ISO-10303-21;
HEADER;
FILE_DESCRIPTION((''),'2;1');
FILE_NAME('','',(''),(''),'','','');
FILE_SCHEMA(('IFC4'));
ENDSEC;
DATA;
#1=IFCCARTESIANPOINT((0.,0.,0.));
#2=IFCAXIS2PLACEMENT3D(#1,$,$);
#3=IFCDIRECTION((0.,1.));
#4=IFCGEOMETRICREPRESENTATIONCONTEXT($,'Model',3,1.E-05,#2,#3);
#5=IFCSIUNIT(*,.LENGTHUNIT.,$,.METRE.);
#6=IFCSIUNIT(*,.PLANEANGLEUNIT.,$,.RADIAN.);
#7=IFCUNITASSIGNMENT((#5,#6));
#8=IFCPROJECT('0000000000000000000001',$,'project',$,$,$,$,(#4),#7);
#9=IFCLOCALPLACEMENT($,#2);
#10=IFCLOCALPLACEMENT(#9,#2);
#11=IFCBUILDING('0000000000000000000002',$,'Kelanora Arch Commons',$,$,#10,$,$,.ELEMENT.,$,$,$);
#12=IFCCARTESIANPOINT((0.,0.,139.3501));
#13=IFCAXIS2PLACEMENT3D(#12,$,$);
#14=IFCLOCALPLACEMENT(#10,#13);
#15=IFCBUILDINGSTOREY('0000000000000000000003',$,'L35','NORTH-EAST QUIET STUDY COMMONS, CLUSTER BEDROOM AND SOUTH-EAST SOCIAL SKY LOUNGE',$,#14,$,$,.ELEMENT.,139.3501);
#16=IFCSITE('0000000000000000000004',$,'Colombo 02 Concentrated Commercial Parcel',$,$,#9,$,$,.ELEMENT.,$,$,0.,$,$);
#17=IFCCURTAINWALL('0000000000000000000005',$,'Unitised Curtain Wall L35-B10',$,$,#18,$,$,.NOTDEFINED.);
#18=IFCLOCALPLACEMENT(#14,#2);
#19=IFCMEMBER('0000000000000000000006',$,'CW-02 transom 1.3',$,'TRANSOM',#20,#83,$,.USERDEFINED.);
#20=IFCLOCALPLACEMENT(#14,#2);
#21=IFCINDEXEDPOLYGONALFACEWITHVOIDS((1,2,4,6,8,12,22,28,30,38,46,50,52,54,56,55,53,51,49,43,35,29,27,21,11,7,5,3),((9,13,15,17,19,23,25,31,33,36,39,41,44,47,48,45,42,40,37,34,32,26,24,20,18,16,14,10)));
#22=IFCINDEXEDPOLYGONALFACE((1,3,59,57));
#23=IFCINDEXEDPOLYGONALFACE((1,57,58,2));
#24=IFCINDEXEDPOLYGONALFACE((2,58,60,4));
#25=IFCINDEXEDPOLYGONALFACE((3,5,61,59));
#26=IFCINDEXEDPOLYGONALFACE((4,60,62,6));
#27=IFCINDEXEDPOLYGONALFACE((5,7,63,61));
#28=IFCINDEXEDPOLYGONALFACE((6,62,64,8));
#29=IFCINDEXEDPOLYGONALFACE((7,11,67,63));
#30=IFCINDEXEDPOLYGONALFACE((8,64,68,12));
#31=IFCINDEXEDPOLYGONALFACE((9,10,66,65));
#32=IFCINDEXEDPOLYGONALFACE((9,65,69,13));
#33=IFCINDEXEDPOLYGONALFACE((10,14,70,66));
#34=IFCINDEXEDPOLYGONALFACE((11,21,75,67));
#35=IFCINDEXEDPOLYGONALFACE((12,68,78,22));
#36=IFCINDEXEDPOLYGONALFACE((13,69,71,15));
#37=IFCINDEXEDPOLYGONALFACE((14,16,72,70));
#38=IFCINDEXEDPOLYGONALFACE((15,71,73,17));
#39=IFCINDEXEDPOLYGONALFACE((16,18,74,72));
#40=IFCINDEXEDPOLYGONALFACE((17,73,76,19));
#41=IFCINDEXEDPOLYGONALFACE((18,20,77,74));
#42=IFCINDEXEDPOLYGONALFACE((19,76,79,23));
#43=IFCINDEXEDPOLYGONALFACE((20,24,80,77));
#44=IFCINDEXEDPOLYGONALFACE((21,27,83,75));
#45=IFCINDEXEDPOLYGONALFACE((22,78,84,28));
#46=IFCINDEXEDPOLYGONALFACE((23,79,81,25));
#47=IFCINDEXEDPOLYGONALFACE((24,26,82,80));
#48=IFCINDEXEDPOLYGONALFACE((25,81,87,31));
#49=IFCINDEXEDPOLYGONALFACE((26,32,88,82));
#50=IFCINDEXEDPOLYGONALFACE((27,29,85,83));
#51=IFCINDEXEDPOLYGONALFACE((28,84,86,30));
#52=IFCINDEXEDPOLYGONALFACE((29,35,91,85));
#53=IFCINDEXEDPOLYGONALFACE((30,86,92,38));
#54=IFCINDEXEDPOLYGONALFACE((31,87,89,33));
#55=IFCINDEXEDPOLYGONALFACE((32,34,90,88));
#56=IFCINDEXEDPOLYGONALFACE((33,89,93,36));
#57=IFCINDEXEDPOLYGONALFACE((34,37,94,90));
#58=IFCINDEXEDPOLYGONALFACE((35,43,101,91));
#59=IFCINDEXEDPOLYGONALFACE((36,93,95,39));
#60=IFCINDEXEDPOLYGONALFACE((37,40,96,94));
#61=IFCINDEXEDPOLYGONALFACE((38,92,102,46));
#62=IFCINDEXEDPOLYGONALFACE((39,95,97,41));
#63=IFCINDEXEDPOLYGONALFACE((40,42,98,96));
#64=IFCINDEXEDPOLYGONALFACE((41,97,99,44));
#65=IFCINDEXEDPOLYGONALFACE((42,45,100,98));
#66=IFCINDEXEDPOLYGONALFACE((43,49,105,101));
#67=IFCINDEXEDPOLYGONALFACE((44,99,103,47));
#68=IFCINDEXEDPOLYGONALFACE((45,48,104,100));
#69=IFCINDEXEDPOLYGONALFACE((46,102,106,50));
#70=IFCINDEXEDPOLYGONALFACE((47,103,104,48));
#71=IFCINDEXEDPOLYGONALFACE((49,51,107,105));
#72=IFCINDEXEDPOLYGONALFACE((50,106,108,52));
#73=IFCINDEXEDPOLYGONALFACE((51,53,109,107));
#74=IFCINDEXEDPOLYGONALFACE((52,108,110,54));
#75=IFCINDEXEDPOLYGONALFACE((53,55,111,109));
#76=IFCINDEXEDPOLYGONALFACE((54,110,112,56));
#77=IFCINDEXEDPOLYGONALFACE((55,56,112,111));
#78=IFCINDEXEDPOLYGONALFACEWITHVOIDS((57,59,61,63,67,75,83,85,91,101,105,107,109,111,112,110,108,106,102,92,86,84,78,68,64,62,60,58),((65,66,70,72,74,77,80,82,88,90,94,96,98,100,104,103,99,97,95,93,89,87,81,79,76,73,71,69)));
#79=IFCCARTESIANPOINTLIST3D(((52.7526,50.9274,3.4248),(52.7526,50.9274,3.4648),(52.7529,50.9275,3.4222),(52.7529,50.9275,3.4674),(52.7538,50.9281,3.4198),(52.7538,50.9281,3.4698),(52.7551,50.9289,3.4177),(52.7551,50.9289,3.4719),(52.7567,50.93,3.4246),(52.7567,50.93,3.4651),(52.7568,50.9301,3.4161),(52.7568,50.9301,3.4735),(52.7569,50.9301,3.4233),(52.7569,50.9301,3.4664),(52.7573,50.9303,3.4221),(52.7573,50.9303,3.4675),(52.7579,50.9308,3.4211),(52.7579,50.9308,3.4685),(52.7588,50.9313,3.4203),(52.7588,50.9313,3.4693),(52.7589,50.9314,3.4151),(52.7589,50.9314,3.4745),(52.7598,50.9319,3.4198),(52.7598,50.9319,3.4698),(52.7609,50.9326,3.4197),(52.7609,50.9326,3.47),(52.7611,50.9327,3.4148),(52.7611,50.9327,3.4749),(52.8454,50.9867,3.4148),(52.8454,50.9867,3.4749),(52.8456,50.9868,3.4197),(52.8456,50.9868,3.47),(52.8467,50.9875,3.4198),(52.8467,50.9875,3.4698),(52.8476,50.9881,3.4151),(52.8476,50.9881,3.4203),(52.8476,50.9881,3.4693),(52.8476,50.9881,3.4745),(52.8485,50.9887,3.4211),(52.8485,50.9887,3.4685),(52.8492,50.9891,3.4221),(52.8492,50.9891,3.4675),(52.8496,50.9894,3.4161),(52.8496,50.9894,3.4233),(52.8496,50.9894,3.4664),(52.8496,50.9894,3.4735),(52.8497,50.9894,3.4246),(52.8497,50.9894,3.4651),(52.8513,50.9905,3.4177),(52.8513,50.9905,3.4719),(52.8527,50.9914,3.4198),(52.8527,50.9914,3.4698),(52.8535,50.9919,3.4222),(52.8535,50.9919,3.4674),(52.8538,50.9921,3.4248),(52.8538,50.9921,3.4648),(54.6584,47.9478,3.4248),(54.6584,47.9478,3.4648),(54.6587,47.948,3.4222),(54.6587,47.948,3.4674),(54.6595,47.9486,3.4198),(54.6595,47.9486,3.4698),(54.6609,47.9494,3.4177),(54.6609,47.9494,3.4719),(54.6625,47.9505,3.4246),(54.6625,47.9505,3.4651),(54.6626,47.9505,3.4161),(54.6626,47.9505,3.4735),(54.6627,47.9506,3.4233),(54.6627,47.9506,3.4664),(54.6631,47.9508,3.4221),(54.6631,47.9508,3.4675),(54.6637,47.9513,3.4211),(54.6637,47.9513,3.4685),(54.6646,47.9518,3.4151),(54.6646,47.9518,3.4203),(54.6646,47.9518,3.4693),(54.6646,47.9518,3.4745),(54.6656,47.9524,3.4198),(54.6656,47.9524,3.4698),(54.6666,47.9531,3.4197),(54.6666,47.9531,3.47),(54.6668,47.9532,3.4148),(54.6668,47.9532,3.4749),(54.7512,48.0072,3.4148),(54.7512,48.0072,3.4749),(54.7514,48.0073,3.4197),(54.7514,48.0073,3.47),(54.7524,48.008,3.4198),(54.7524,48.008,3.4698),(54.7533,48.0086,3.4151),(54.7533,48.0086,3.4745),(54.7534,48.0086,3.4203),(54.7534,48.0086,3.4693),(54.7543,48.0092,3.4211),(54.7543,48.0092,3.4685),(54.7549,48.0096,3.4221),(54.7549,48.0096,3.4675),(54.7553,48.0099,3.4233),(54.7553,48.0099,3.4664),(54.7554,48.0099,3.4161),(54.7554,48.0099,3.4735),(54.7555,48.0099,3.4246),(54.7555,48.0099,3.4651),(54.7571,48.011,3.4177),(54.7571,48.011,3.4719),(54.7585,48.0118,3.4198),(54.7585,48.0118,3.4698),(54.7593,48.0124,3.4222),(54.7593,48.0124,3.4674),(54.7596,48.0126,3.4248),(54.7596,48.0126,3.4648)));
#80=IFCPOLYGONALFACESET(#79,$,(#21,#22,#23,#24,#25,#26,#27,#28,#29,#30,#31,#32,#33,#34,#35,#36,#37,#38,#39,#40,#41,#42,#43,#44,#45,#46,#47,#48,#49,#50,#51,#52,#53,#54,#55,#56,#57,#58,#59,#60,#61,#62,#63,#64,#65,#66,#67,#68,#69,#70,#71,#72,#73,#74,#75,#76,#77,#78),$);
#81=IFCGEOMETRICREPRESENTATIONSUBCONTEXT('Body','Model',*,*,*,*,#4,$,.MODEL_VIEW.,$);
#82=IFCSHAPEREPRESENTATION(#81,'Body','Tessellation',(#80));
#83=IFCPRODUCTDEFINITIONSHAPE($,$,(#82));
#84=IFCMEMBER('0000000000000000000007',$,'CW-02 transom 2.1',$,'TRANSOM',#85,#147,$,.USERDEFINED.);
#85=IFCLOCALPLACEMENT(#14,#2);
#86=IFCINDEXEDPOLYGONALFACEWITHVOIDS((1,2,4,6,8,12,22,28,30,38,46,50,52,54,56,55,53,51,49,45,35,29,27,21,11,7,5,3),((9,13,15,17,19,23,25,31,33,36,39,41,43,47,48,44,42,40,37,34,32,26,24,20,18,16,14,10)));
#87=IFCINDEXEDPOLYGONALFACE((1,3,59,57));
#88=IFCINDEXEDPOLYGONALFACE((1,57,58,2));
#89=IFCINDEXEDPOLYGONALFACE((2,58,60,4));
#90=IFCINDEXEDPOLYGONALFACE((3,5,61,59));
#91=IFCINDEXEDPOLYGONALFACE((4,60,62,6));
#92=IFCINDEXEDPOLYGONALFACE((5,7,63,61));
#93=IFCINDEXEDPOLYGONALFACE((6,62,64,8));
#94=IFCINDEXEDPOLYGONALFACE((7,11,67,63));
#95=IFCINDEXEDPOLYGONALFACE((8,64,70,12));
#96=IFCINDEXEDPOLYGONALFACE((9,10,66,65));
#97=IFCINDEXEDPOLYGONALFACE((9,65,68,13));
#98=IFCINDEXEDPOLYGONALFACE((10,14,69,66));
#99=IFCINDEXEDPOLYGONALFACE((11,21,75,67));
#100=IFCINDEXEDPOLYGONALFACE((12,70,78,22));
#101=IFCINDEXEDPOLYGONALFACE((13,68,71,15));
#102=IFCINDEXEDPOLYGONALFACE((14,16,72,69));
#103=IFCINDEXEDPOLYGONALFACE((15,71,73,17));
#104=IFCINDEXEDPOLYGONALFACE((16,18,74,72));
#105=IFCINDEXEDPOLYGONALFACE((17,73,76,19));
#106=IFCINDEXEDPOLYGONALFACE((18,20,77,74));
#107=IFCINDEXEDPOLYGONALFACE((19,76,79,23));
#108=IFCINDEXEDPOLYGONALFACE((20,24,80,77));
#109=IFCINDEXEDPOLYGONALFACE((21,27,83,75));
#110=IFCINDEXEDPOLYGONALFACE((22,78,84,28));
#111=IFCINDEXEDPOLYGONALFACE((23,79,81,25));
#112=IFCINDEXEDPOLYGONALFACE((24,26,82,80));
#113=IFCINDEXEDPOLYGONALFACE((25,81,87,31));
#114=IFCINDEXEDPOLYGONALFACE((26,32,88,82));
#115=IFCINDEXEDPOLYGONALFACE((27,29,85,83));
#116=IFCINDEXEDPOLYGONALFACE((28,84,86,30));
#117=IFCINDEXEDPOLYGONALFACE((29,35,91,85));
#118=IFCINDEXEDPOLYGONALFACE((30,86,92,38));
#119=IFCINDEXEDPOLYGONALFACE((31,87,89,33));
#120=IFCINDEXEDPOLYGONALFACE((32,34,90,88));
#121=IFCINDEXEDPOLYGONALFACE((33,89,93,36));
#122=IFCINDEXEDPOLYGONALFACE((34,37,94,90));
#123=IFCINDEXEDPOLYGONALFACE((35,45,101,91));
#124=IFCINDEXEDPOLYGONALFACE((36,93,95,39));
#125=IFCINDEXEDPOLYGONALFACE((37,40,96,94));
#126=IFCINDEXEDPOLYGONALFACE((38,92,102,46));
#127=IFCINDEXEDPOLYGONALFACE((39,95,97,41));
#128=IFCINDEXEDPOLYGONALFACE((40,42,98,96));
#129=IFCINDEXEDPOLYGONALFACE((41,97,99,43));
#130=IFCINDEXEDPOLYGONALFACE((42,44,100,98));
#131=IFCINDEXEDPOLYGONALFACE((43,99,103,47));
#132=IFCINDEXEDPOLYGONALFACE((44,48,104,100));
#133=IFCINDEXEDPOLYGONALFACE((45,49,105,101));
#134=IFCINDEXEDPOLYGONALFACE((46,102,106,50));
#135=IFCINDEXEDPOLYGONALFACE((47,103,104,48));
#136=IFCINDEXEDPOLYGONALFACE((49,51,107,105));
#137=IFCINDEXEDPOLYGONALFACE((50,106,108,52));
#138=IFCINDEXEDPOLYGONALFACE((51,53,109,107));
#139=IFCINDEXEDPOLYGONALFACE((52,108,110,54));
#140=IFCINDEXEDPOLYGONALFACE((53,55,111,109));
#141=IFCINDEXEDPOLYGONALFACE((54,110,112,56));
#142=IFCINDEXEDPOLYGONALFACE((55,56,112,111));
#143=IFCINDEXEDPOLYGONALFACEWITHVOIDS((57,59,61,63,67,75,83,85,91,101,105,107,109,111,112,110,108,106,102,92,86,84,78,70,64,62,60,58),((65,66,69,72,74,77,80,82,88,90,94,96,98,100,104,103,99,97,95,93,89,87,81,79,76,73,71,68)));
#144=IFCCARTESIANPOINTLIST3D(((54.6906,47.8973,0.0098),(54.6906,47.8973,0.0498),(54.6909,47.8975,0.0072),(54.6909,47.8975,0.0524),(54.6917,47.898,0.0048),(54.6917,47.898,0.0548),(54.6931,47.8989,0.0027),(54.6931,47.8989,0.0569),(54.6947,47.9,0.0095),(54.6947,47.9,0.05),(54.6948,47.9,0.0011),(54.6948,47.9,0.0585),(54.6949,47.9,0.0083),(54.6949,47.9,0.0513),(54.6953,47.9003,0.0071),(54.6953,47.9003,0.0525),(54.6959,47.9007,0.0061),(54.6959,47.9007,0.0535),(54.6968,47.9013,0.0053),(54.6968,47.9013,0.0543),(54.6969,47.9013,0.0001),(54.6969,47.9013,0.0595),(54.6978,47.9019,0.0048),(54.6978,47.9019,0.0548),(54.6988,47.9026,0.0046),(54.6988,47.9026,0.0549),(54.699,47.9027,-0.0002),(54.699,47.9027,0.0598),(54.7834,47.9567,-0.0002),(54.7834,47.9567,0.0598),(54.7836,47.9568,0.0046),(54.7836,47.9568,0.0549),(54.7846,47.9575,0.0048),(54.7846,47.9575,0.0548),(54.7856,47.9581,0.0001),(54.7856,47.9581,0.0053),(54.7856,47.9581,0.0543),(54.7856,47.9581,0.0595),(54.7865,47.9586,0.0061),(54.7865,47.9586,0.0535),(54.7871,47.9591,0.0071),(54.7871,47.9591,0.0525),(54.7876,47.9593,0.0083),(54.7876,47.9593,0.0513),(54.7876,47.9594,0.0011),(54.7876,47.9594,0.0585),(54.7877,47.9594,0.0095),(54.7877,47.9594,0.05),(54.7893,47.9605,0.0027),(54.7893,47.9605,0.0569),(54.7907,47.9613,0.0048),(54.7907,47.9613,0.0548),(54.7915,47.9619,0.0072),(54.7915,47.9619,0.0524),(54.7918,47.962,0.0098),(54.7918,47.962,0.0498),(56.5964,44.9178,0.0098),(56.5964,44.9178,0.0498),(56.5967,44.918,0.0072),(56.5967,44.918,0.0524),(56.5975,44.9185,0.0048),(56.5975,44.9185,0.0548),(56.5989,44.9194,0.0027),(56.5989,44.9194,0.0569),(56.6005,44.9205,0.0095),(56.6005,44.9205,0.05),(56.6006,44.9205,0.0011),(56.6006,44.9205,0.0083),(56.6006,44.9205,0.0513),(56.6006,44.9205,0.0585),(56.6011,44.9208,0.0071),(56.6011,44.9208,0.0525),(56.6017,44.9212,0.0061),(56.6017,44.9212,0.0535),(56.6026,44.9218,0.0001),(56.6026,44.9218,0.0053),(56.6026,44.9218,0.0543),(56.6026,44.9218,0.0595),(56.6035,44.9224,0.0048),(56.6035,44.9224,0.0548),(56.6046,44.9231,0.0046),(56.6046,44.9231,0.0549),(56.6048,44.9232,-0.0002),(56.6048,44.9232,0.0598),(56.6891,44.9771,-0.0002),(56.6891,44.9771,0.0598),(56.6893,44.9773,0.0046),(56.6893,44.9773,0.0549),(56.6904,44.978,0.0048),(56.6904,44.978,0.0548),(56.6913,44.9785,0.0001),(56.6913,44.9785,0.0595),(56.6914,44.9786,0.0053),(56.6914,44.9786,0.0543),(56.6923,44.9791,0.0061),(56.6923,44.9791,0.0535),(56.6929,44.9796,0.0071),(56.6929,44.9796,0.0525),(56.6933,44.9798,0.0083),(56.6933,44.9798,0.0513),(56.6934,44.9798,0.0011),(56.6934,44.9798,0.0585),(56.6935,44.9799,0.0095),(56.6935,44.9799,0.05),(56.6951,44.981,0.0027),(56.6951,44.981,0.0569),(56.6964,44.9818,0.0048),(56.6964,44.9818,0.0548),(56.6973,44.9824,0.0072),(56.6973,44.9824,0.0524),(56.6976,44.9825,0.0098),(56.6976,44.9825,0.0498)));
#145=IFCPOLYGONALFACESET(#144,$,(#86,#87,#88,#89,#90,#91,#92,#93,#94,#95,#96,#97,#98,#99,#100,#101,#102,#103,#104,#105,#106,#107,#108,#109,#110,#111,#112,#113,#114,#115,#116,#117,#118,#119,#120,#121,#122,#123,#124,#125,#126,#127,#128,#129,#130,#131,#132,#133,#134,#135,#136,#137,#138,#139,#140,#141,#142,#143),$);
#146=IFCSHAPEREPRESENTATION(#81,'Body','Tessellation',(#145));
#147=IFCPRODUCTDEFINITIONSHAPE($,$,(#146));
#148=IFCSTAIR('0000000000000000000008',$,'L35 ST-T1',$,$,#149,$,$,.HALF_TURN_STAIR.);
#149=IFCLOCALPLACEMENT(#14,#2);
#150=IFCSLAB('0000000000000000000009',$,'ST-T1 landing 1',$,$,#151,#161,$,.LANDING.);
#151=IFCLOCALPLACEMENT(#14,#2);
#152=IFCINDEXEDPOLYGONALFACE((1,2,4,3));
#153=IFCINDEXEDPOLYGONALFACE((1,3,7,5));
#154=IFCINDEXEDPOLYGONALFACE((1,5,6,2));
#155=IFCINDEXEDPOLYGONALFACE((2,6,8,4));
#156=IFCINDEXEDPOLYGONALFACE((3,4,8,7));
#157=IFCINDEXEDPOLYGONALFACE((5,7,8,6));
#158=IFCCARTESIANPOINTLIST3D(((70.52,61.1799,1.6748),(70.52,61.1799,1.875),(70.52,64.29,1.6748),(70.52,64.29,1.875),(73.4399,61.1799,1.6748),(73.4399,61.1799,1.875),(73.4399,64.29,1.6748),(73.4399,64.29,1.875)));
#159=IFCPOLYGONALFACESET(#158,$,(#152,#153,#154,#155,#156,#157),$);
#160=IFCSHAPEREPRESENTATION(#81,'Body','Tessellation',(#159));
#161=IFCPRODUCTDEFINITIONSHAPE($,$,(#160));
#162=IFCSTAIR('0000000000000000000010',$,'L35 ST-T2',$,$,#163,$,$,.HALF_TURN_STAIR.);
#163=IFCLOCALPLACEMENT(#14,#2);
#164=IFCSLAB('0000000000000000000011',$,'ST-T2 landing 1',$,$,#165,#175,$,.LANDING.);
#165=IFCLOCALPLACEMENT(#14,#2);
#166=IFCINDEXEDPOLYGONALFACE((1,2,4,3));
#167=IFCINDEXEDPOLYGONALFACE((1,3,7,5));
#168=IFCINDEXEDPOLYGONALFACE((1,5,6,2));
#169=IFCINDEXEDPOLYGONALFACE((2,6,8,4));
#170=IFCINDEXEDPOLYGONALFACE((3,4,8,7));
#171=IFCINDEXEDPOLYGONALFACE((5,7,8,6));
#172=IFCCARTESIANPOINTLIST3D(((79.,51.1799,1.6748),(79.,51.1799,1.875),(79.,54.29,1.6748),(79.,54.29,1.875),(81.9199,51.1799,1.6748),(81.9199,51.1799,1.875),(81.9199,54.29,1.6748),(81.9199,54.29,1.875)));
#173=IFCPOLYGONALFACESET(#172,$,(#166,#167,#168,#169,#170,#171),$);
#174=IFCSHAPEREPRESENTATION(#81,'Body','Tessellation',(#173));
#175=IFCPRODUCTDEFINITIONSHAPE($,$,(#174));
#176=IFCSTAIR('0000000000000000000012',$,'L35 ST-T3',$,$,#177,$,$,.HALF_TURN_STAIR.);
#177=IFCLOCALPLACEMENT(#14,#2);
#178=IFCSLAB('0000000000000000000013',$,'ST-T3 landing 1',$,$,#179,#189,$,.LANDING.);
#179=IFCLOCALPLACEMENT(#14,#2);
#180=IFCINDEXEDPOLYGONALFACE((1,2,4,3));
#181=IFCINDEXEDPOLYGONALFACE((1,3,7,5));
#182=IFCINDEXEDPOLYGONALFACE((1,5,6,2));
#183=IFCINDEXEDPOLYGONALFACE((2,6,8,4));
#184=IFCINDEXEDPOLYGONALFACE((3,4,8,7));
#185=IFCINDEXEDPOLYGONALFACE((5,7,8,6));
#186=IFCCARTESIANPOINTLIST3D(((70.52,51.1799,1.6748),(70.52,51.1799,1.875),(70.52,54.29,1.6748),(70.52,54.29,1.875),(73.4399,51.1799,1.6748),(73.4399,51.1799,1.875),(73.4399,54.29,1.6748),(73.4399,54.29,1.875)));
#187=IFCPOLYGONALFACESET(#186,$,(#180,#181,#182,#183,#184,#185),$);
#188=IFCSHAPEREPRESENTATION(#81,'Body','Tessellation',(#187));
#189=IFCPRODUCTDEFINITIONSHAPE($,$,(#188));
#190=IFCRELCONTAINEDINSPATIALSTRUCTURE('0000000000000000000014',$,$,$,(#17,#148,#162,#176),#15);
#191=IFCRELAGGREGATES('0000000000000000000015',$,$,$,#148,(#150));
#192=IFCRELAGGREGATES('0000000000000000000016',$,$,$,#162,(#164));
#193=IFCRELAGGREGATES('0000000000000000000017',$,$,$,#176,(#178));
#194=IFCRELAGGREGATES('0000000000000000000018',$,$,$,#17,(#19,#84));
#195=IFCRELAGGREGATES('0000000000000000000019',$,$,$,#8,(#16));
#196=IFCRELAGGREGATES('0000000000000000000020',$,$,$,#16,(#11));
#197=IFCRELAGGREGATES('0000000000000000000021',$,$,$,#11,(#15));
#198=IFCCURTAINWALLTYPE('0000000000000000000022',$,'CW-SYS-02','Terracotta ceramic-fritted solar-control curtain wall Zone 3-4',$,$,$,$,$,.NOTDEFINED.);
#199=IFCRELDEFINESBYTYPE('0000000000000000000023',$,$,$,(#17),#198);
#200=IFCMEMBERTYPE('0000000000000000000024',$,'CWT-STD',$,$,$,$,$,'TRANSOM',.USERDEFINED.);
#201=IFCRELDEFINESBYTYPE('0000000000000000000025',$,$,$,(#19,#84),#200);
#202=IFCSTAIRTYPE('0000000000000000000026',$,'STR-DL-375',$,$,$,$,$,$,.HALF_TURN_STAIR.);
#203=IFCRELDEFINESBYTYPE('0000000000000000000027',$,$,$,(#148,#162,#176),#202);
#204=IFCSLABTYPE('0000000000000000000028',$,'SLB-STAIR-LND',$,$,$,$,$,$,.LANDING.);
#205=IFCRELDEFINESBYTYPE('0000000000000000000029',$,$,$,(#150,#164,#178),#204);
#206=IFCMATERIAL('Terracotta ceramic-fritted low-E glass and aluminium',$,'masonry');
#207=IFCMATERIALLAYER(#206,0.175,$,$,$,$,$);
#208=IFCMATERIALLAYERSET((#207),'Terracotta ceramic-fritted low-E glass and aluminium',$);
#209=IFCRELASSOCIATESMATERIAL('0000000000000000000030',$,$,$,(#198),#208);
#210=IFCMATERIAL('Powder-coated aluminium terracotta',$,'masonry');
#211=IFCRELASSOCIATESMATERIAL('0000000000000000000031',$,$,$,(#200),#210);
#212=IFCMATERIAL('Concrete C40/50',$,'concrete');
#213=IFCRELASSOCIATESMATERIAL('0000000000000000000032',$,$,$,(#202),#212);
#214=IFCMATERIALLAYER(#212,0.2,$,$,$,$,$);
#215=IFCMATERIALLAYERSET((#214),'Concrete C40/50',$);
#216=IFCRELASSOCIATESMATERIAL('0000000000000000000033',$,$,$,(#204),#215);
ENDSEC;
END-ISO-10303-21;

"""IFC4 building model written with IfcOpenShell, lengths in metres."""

from ifc_helpers import new_model, si_unit, direction, frame, origin, origin_2d, place, context, subcontext, project, spatial, polyline, hollow_rectangle, outline, extrude, material, layer, layer_set, material_profile, profile_set, type_object, element, aggregate, save


model = new_model("IFC4")

# Units and contexts
model_context = context("Model", 3, precision=1e-05, world=origin(), true_north=direction((0.0, 1.0)))
body_context = subcontext(model_context, "Body", "Model", "MODEL_VIEW")
ifc_project = project(units=[si_unit("LENGTHUNIT", "METRE"), si_unit("PLANEANGLEUNIT", "RADIAN")], contexts=[model_context])

# Site, building, storey
site_placement = place(None, origin())
site = spatial("IfcSite", under=ifc_project, at=site_placement, Name="Colombo 02 Concentrated Commercial Parcel", CompositionType="ELEMENT", RefElevation=0.0)
building_placement = place(site_placement, origin())
building = spatial("IfcBuilding", under=site, at=building_placement, Name="Kelanora Arch Commons", CompositionType="ELEMENT")
storey_placement = place(building_placement, frame((0.0, 0.0, 139.3501)))
storey = spatial("IfcBuildingStorey", under=building, at=storey_placement, Name="L35", Description="NORTH-EAST QUIET STUDY COMMONS, CLUSTER BEDROOM AND SOUTH-EAST SOCIAL SKY LOUNGE", CompositionType="ELEMENT", Elevation=139.3501)

# Curtain wall, members
ifc_material_1 = material(Name="Terracotta ceramic-fritted low-E glass and aluminium", Category="masonry")
ifc_layer_1 = layer(ifc_material_1, 0.175)
ifc_layer_set_1 = layer_set([ifc_layer_1], Name="Terracotta ceramic-fritted low-E glass and aluminium")
curtain_wall_type = type_object("IfcCurtainWallType", Name="CW-SYS-02", Description="Terracotta ceramic-fritted solar-control curtain wall Zone 3-4", PredefinedType="NOTDEFINED", material=ifc_layer_set_1)
curtain_wall_placement = place(storey_placement, origin())
curtain_wall = element("IfcCurtainWall", 1, at=curtain_wall_placement, inside=storey, type_object=curtain_wall_type, Name="Unitised Curtain Wall L35-B10", PredefinedType="NOTDEFINED")
ifc_material_2 = material(Name="Powder-coated aluminium terracotta", Category="masonry")
ifc_material_profile_1 = material_profile(ifc_material_2, hollow_rectangle(XDim=0.1201, YDim=0.0601, WallThickness=0.0049, InnerFilletRadius=0.0049, OuterFilletRadius=0.01, at=origin_2d()), Name="CWT120x60")
ifc_profile_set_1 = profile_set([ifc_material_profile_1], Name="Powder-coated aluminium terracotta")
member_type_1 = type_object("IfcMemberType", Name="CWT-STD", ElementType="TRANSOM", PredefinedType="USERDEFINED", material=ifc_profile_set_1)
member_1_placement = place(storey_placement, frame((52.8032, 50.9597, 3.4448), z_axis=(0.53883, -0.842414, 0.0), x_axis=(0.842414, 0.53883, 0.0)))
member_1 = element("IfcMember", 2, at=member_1_placement, type_object=member_type_1, Name="CW-02 transom 1.3", ObjectType="TRANSOM", PredefinedType="USERDEFINED", context=body_context, shape_type="SweptSolid", body=[
    extrude(hollow_rectangle(XDim=0.1201, YDim=0.0601, WallThickness=0.0049, InnerFilletRadius=0.0049, OuterFilletRadius=0.01, at=origin_2d()), origin(), (0.0, 0.0, 1.0), 3.5369),
])
member_2_placement = place(storey_placement, frame((54.7412, 47.9297, 0.0298), z_axis=(0.53883, -0.842414, 0.0), x_axis=(0.842414, 0.53883, 0.0)))
member_2 = element("IfcMember", 3, at=member_2_placement, type_object=member_type_1, Name="CW-02 transom 2.1", ObjectType="TRANSOM", PredefinedType="USERDEFINED", context=body_context, shape_type="SweptSolid", body=[
    extrude(hollow_rectangle(XDim=0.1201, YDim=0.0601, WallThickness=0.0049, InnerFilletRadius=0.0049, OuterFilletRadius=0.01, at=origin_2d()), origin(), (0.0, 0.0, 1.0), 3.5369),
])

# Stairs, slabs
ifc_material_3 = material(Name="Concrete C40/50", Category="concrete")
stair_type = type_object("IfcStairType", Name="STR-DL-375", PredefinedType="HALF_TURN_STAIR", material=ifc_material_3)
stair_1_placement = place(storey_placement, origin())
stair_1 = element("IfcStair", 4, at=stair_1_placement, inside=storey, type_object=stair_type, Name="L35 ST-T1", PredefinedType="HALF_TURN_STAIR")
ifc_layer_2 = layer(ifc_material_3, 0.2)
ifc_layer_set_2 = layer_set([ifc_layer_2], Name="Concrete C40/50")
slab_type_1 = type_object("IfcSlabType", Name="SLB-STAIR-LND", PredefinedType="LANDING", material=ifc_layer_set_2)
slab_1_placement = place(storey_placement, frame((0.0, 0.0, 1.6748)))
slab_1 = element("IfcSlab", 5, at=slab_1_placement, type_object=slab_type_1, Name="ST-T1 landing 1", PredefinedType="LANDING", context=body_context, shape_type="SweptSolid", body=[
    extrude(outline(polyline([(70.52, 61.1799), (73.4399, 61.1799), (73.4399, 64.29), (70.52, 64.29), (70.52, 61.1799)])), origin(), (0.0, 0.0, 1.0), 0.2002),
])
aggregate(stair_1, [slab_1])
stair_2_placement = place(storey_placement, origin())
stair_2 = element("IfcStair", 6, at=stair_2_placement, inside=storey, type_object=stair_type, Name="L35 ST-T2", PredefinedType="HALF_TURN_STAIR")
slab_2_placement = place(storey_placement, frame((0.0, 0.0, 1.6748)))
slab_2 = element("IfcSlab", 7, at=slab_2_placement, type_object=slab_type_1, Name="ST-T2 landing 1", PredefinedType="LANDING", context=body_context, shape_type="SweptSolid", body=[
    extrude(outline(polyline([(79.0, 51.1799), (81.9199, 51.1799), (81.9199, 54.29), (79.0, 54.29), (79.0, 51.1799)])), origin(), (0.0, 0.0, 1.0), 0.2002),
])
aggregate(stair_2, [slab_2])
stair_3_placement = place(storey_placement, origin())
stair_3 = element("IfcStair", 8, at=stair_3_placement, inside=storey, type_object=stair_type, Name="L35 ST-T3", PredefinedType="HALF_TURN_STAIR")
slab_3_placement = place(storey_placement, frame((0.0, 0.0, 1.6748)))
slab_3 = element("IfcSlab", 9, at=slab_3_placement, type_object=slab_type_1, Name="ST-T3 landing 1", PredefinedType="LANDING", context=body_context, shape_type="SweptSolid", body=[
    extrude(outline(polyline([(70.52, 51.1799), (73.4399, 51.1799), (73.4399, 54.29), (70.52, 54.29), (70.52, 51.1799)])), origin(), (0.0, 0.0, 1.0), 0.2002),
])
aggregate(stair_3, [slab_3])

aggregate(curtain_wall, [member_1, member_2])

save(model, "model.ifc")
